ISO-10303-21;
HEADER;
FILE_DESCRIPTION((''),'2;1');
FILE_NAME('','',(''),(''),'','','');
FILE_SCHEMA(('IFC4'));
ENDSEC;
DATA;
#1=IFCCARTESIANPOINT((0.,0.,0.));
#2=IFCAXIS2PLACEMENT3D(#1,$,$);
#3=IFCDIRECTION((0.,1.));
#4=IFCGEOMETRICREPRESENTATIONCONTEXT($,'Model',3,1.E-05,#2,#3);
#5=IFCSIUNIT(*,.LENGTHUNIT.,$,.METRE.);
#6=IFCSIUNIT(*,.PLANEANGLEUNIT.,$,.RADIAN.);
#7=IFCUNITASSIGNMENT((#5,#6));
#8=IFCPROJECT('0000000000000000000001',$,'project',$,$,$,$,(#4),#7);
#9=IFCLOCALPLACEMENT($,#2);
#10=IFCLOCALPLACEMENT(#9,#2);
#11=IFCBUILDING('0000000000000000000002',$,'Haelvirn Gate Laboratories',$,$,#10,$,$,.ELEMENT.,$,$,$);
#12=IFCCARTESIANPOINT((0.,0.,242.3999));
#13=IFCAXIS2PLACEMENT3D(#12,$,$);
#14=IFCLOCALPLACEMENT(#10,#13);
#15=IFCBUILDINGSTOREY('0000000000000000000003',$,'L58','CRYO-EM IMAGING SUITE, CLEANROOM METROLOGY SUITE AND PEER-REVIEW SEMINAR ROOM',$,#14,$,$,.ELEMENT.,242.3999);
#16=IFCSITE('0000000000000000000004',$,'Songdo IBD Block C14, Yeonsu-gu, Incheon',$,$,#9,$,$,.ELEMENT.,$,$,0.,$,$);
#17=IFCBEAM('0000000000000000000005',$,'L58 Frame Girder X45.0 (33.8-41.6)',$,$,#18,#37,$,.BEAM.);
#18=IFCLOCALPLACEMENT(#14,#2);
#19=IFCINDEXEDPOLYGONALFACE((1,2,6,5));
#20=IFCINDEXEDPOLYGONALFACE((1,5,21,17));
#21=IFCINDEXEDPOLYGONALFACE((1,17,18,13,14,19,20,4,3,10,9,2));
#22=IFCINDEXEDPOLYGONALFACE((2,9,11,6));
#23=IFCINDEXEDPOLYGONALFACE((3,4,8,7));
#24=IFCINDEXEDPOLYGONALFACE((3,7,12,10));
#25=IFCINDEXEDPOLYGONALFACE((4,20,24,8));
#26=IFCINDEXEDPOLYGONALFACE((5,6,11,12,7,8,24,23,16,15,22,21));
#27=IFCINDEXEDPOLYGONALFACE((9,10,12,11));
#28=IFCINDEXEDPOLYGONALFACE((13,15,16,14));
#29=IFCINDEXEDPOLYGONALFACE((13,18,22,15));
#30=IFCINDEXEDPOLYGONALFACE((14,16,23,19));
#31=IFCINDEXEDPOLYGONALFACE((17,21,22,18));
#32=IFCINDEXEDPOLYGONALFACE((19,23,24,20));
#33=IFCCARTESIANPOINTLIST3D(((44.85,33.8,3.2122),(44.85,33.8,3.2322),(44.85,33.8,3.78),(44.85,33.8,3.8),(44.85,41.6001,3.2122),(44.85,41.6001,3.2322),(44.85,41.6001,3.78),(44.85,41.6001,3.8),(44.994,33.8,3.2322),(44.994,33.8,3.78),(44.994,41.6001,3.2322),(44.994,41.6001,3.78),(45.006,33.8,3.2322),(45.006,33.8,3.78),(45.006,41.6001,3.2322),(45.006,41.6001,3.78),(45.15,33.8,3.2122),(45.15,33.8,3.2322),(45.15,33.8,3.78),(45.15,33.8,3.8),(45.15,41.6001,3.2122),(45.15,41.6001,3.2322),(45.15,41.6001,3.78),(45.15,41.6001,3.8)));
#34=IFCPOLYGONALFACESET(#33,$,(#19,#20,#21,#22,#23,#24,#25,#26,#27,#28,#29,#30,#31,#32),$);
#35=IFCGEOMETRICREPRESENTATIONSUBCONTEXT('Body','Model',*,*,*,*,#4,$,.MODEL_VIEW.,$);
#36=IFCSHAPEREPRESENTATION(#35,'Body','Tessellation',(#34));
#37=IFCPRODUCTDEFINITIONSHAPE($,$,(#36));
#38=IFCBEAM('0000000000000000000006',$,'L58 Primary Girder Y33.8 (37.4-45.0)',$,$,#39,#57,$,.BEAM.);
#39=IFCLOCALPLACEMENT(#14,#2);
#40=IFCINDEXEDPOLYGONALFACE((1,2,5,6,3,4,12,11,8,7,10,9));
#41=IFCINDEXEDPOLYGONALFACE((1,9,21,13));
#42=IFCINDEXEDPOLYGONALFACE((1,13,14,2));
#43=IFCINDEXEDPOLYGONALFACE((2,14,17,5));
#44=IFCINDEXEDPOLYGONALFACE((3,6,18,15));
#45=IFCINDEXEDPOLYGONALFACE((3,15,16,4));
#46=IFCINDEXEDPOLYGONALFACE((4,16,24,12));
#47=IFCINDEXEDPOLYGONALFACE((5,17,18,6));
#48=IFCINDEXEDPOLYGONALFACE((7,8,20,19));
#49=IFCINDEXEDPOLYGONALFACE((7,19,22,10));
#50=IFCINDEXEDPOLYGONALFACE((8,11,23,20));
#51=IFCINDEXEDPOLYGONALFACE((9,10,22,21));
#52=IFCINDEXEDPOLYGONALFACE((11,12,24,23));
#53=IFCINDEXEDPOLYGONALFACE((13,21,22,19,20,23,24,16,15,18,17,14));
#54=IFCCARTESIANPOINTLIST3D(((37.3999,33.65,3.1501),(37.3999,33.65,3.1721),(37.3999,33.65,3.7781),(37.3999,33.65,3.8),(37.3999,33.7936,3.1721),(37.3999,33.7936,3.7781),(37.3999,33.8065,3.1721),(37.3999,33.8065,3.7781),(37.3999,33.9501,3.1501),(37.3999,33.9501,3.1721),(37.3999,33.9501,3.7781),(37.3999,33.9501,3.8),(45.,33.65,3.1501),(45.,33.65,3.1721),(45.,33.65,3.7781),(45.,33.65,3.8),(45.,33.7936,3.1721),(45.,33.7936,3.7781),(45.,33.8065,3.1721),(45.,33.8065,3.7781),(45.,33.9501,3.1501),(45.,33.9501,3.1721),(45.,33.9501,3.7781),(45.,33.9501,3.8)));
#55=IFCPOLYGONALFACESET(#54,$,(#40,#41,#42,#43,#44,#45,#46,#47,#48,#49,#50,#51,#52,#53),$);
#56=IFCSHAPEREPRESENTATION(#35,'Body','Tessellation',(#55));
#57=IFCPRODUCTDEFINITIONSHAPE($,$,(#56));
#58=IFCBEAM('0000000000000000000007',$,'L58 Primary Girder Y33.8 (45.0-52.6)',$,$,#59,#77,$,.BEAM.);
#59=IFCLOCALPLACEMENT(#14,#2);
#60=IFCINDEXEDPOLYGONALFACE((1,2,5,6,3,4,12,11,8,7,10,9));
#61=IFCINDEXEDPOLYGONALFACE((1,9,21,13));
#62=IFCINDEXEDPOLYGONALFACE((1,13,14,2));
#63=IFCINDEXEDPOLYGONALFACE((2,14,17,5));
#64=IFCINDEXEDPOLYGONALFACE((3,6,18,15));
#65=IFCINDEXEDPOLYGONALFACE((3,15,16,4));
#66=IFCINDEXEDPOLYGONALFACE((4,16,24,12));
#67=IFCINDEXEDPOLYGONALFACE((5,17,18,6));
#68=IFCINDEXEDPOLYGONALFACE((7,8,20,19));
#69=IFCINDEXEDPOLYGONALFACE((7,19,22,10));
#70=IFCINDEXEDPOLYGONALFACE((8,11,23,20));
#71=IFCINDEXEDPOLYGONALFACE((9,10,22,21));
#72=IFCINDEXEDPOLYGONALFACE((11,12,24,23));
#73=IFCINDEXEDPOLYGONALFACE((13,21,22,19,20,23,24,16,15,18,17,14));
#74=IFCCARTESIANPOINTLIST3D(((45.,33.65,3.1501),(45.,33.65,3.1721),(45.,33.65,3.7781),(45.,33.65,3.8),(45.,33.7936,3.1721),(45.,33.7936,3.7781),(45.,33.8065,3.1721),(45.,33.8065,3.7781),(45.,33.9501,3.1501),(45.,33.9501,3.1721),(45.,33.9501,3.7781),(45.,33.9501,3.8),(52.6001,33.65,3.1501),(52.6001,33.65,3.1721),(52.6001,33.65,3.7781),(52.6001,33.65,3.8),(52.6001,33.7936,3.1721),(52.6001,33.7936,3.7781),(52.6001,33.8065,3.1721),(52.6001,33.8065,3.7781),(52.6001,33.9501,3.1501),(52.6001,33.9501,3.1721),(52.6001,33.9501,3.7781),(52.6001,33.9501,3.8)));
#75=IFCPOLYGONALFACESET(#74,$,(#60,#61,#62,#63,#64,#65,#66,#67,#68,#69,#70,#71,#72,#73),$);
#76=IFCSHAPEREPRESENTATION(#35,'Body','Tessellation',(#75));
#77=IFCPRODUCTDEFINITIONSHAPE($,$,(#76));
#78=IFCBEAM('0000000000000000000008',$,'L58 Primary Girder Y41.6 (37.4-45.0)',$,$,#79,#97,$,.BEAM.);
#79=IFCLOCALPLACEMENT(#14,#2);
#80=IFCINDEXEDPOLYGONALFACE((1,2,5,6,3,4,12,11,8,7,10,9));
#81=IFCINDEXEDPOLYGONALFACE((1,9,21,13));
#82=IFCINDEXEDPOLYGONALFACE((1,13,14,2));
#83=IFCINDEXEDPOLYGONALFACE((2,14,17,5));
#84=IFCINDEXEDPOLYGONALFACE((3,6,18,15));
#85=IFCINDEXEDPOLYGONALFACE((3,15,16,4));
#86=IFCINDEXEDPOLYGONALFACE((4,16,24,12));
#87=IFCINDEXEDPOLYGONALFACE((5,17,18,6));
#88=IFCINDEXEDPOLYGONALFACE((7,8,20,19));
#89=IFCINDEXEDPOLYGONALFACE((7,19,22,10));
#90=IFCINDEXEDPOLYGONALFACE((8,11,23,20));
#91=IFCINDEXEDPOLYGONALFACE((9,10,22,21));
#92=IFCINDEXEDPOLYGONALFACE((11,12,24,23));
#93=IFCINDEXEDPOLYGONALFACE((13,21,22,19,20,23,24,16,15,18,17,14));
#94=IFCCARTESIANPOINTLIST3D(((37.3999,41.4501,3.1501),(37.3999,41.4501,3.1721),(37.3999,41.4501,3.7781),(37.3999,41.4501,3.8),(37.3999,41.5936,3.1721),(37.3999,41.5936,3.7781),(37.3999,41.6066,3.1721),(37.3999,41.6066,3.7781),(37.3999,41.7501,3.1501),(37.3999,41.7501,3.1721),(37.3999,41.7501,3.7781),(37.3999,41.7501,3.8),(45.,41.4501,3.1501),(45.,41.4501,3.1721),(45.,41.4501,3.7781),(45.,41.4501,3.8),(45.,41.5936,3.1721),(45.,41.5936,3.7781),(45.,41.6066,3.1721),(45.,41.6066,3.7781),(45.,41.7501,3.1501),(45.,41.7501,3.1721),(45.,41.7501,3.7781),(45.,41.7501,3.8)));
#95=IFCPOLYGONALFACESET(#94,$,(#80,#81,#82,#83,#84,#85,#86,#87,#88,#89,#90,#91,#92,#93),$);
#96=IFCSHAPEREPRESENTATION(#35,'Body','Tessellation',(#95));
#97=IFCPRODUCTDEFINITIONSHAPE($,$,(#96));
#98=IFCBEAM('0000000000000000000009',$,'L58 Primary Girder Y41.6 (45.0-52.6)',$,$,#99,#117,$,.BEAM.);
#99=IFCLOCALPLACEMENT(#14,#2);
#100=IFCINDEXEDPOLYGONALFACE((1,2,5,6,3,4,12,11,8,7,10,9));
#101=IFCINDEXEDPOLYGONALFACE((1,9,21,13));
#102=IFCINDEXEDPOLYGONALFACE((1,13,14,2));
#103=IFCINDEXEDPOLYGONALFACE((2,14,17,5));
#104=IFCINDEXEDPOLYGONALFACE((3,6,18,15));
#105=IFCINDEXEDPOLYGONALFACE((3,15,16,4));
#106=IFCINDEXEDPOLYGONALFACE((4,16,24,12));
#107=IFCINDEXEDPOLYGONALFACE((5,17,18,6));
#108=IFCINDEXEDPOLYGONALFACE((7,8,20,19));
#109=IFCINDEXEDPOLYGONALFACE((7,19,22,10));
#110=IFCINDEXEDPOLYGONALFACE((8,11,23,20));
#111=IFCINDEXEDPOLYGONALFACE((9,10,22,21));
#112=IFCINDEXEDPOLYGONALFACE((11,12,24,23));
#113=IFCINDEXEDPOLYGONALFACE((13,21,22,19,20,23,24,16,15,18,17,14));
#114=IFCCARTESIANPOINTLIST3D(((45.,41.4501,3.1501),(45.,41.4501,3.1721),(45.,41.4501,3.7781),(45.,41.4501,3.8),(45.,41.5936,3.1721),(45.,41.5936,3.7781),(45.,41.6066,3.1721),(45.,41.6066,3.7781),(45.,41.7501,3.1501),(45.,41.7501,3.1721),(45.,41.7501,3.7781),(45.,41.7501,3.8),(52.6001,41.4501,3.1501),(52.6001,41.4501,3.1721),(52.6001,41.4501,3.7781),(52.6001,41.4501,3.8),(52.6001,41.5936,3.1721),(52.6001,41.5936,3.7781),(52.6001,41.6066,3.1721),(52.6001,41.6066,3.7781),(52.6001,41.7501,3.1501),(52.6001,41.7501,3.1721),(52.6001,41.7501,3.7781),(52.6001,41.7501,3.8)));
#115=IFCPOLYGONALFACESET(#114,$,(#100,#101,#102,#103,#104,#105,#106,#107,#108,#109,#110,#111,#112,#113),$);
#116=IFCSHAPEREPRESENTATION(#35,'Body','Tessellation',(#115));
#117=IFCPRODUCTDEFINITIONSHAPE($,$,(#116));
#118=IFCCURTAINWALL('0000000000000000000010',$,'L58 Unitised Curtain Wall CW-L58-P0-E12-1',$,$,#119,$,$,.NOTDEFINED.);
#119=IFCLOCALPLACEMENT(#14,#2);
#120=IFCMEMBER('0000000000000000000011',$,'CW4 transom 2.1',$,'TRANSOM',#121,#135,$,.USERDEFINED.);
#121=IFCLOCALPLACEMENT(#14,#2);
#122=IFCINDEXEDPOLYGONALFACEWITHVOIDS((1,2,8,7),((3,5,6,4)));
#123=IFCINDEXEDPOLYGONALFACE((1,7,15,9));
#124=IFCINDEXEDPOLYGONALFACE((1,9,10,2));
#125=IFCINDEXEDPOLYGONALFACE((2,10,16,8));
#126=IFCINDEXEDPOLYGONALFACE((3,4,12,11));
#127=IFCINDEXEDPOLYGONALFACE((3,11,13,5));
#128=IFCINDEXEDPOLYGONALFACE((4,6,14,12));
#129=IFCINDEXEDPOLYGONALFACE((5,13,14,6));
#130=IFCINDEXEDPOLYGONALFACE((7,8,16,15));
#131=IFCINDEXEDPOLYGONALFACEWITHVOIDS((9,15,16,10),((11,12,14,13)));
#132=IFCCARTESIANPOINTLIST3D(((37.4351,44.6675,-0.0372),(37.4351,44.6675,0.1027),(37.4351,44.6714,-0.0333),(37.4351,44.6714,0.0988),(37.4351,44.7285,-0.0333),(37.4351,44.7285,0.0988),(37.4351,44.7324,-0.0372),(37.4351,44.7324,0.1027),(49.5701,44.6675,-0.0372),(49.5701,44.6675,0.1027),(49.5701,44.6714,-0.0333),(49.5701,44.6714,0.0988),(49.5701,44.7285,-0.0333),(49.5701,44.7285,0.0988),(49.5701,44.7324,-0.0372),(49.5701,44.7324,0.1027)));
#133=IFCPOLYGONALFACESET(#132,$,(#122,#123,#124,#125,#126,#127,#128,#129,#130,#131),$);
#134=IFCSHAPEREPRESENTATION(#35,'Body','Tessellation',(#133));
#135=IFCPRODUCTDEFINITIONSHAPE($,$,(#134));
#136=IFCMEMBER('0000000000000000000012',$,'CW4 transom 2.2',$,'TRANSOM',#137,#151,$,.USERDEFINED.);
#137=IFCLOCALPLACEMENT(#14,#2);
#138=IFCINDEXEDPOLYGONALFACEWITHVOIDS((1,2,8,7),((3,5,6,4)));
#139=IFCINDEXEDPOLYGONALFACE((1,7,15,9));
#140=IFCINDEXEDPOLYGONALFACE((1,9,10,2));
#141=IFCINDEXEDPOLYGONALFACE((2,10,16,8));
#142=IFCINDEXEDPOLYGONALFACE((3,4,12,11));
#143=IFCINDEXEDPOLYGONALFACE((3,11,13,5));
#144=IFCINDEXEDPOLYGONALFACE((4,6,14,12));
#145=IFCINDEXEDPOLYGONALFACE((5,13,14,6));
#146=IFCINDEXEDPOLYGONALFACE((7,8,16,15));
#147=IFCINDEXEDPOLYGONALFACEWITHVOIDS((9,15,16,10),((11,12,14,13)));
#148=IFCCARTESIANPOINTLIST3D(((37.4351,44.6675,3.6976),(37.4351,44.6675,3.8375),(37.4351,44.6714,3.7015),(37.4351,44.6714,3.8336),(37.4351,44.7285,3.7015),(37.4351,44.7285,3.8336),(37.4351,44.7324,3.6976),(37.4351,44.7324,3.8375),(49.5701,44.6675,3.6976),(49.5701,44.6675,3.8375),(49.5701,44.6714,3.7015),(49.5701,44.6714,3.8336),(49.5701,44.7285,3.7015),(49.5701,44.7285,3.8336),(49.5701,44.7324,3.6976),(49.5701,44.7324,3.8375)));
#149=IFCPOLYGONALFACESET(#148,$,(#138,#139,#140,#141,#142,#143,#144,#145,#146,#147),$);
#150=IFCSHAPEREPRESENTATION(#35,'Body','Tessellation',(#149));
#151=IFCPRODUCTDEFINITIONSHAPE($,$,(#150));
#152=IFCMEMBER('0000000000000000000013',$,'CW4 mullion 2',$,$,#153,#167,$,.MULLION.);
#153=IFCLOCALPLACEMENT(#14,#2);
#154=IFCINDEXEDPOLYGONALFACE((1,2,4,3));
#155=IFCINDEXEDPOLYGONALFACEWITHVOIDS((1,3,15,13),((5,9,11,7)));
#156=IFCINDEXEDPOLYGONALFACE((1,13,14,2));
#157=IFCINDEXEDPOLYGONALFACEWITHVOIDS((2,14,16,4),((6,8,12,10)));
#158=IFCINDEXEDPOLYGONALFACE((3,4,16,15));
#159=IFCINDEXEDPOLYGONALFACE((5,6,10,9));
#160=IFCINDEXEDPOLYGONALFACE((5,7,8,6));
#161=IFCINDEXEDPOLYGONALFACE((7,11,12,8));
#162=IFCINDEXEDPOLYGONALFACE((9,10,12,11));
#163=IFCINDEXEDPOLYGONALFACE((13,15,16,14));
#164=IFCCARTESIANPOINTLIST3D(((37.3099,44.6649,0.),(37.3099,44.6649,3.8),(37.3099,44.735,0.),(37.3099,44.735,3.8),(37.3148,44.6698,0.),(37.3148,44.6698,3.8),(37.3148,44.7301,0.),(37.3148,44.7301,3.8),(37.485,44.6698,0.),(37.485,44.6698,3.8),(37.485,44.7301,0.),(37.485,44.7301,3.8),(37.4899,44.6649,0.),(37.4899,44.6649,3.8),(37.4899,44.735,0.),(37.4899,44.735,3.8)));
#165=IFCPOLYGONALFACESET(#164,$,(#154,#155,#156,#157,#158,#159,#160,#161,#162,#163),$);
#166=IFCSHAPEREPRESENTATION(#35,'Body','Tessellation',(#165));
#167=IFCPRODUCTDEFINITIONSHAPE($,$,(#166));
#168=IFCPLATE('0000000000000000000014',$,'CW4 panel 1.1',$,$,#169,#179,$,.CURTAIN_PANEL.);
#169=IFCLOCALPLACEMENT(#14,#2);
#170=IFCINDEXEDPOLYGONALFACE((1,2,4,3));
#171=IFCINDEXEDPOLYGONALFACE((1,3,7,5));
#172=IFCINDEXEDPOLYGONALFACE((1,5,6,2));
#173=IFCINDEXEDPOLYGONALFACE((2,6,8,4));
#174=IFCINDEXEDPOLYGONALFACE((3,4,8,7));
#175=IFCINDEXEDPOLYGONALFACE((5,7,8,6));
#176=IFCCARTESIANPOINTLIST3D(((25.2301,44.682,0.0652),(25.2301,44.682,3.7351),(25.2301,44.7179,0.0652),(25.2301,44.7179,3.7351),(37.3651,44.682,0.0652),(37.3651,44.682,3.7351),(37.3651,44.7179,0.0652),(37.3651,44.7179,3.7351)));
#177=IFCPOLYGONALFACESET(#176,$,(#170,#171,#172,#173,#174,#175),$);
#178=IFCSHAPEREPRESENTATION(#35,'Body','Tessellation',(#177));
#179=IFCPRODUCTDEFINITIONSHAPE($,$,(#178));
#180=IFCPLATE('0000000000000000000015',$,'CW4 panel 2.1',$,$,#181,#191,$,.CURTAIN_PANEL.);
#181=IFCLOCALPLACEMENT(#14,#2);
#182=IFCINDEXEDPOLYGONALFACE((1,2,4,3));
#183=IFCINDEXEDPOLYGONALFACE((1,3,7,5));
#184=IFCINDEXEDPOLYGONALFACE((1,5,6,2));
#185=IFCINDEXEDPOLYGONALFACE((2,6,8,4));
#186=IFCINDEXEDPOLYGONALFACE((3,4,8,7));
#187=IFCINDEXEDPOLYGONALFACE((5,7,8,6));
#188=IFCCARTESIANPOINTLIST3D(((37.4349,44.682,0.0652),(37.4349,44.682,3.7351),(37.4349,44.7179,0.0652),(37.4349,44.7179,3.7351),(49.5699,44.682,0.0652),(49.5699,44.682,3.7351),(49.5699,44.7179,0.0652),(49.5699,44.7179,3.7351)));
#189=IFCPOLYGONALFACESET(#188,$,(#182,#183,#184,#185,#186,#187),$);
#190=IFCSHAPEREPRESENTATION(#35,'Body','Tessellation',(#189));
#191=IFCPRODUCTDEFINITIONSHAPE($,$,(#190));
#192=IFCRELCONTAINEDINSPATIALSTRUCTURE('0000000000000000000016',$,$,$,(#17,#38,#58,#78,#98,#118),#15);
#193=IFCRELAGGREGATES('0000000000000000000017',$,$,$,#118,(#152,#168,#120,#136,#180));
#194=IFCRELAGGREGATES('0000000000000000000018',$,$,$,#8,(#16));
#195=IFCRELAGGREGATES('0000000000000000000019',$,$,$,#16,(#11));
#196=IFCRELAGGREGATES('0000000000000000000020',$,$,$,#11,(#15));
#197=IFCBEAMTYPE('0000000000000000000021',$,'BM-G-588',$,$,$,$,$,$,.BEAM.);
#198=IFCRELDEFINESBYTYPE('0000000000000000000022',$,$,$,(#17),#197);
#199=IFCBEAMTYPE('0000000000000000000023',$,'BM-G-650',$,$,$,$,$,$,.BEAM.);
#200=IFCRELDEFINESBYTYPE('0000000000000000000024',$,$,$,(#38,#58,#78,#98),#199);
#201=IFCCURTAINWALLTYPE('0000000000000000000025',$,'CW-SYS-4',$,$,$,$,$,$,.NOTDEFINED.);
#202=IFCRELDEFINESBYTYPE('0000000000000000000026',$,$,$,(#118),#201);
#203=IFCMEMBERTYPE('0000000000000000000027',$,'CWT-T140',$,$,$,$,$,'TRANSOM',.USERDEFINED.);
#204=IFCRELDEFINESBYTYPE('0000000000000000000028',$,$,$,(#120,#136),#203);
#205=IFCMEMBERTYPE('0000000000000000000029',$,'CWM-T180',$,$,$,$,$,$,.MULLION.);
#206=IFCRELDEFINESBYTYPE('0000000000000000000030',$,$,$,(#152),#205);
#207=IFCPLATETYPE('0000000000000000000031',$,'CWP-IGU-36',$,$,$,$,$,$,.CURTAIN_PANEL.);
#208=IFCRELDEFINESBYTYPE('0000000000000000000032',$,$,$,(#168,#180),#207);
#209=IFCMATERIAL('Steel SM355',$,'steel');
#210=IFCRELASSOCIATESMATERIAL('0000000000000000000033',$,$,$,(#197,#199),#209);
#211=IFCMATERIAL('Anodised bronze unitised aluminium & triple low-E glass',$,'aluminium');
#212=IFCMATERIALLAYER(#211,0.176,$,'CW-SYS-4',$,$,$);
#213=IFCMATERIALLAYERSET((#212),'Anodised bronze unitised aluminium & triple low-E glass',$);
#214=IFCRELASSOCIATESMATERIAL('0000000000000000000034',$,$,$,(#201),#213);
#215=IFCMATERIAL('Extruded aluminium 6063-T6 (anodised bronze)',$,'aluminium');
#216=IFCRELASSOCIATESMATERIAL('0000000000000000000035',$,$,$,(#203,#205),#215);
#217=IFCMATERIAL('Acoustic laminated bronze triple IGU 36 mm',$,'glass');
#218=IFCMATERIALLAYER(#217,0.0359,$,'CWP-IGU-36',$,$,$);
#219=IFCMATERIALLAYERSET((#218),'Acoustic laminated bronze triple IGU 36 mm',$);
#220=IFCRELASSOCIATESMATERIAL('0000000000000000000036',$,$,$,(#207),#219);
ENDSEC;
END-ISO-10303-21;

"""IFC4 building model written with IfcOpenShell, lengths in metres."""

from ifc_helpers import new_model, si_unit, direction, frame, origin, origin_2d, place, context, subcontext, project, spatial, rectangle, hollow_rectangle, i_section, extrude, source, transform, mapped, material, layer, layer_set, material_profile, profile_set, type_object, type_shapes, element, aggregate, save


model = new_model("IFC4")

# Units and contexts
model_context = context("Model", 3, precision=1e-05, world=origin(), true_north=direction((0.0, 1.0)))
body_context = subcontext(model_context, "Body", "Model", "MODEL_VIEW")
ifc_project = project(units=[si_unit("LENGTHUNIT", "METRE"), si_unit("PLANEANGLEUNIT", "RADIAN")], contexts=[model_context])

# Site, building, storey
site_placement = place(None, origin())
site = spatial("IfcSite", under=ifc_project, at=site_placement, Name="Songdo IBD Block C14, Yeonsu-gu, Incheon", CompositionType="ELEMENT", RefElevation=0.0)
building_placement = place(site_placement, origin())
building = spatial("IfcBuilding", under=site, at=building_placement, Name="Haelvirn Gate Laboratories", CompositionType="ELEMENT")
storey_placement = place(building_placement, frame((0.0, 0.0, 242.3999)))
storey = spatial("IfcBuildingStorey", under=building, at=storey_placement, Name="L58", Description="CRYO-EM IMAGING SUITE, CLEANROOM METROLOGY SUITE AND PEER-REVIEW SEMINAR ROOM", CompositionType="ELEMENT", Elevation=242.3999)

# Shared definitions
ifc_material_1 = material(Name="Steel SM355", Category="steel")

# Beams
ifc_material_profile_1 = material_profile(ifc_material_1, i_section(OverallWidth=0.3, OverallDepth=0.5879, WebThickness=0.012, FlangeThickness=0.02, at=origin_2d()), Name="H-588x300x12x20")
ifc_profile_set_1 = profile_set([ifc_material_profile_1], Name="Steel SM355")
beam_type_1 = type_object("IfcBeamType", Name="BM-G-588", PredefinedType="BEAM", material=ifc_profile_set_1)
shared_shape_1 = source(origin(), body_context, "Body", "SweptSolid", [
    extrude(i_section(OverallWidth=0.3, OverallDepth=0.5879, WebThickness=0.012, FlangeThickness=0.02, at=origin_2d()), origin(), (0.0, 0.0, 1.0), 7.8),
])
type_shapes(beam_type_1, [shared_shape_1])
for number, where, z_axis, x_axis, name in (
    (1, (45.0, 33.8, 3.5061), (0.0, 1.0, 0.0), (-1.0, 0.0, 0.0), "L58 Frame Girder X45.0 (33.8-41.6)"),
):
    element("IfcBeam", number, at=place(storey_placement, frame(where, z_axis=z_axis, x_axis=x_axis)), inside=storey, type_object=beam_type_1, Name=name, PredefinedType="BEAM", context=body_context, shape_type="MappedRepresentation", body=[
        mapped(shared_shape_1, transform((0.0, 0.0, 0.0), scale=1.0)),
    ])
ifc_material_profile_2 = material_profile(ifc_material_1, i_section(OverallWidth=0.3, OverallDepth=0.6499, WebThickness=0.0129, FlangeThickness=0.022, at=origin_2d()), Name="H-650x300x13x22")
ifc_profile_set_2 = profile_set([ifc_material_profile_2], Name="Steel SM355")
beam_type_2 = type_object("IfcBeamType", Name="BM-G-650", PredefinedType="BEAM", material=ifc_profile_set_2)
shared_shape_2 = source(origin(), body_context, "Body", "SweptSolid", [
    extrude(i_section(OverallWidth=0.3, OverallDepth=0.6499, WebThickness=0.0129, FlangeThickness=0.022, at=origin_2d()), origin(), (0.0, 0.0, 1.0), 7.6001),
])
type_shapes(beam_type_2, [shared_shape_2])
for number, where, z_axis, x_axis, name in (
    (2, (37.3999, 33.8, 3.4751), (1.0, 0.0, 0.0), (0.0, 1.0, 0.0), "L58 Primary Girder Y33.8 (37.4-45.0)"),
    (3, (45.0, 33.8, 3.4751), (1.0, 0.0, 0.0), (0.0, 1.0, 0.0), "L58 Primary Girder Y33.8 (45.0-52.6)"),
    (4, (37.3999, 41.6001, 3.4751), (1.0, 0.0, 0.0), (0.0, 1.0, 0.0), "L58 Primary Girder Y41.6 (37.4-45.0)"),
    (5, (45.0, 41.6001, 3.4751), (1.0, 0.0, 0.0), (0.0, 1.0, 0.0), "L58 Primary Girder Y41.6 (45.0-52.6)"),
):
    element("IfcBeam", number, at=place(storey_placement, frame(where, z_axis=z_axis, x_axis=x_axis)), inside=storey, type_object=beam_type_2, Name=name, PredefinedType="BEAM", context=body_context, shape_type="MappedRepresentation", body=[
        mapped(shared_shape_2, transform((0.0, 0.0, 0.0), scale=1.0)),
    ])

# Curtain wall, members, plates
ifc_material_2 = material(Name="Anodised bronze unitised aluminium & triple low-E glass", Category="aluminium")
ifc_layer_1 = layer(ifc_material_2, 0.176, Name="CW-SYS-4")
ifc_layer_set_1 = layer_set([ifc_layer_1], Name="Anodised bronze unitised aluminium & triple low-E glass")
curtain_wall_type = type_object("IfcCurtainWallType", Name="CW-SYS-4", PredefinedType="NOTDEFINED", material=ifc_layer_set_1)
curtain_wall_placement = place(storey_placement, origin())
curtain_wall = element("IfcCurtainWall", 6, at=curtain_wall_placement, inside=storey, type_object=curtain_wall_type, Name="L58 Unitised Curtain Wall CW-L58-P0-E12-1", PredefinedType="NOTDEFINED")
ifc_material_3 = material(Name="Extruded aluminium 6063-T6 (anodised bronze)", Category="aluminium")
ifc_material_profile_3 = material_profile(ifc_material_3, hollow_rectangle(XDim=0.0649, YDim=0.1399, WallThickness=0.0039, at=origin_2d()), Name="CWT-140x65x4")
ifc_profile_set_3 = profile_set([ifc_material_profile_3], Name="Extruded aluminium 6063-T6 (anodised bronze)")
member_type_1 = type_object("IfcMemberType", Name="CWT-T140", ElementType="TRANSOM", PredefinedType="USERDEFINED", material=ifc_profile_set_3)
shared_shape_3 = source(origin(), body_context, "Body", "SweptSolid", [
    extrude(hollow_rectangle(XDim=0.0649, YDim=0.1399, WallThickness=0.0039, at=origin_2d()), origin(), (0.0, 0.0, 1.0), 12.135),
])
type_shapes(member_type_1, [shared_shape_3])
member_1_placement = place(storey_placement, frame((37.4351, 44.7, 0.0327), z_axis=(1.0, 0.0, 0.0), x_axis=(0.0, 1.0, 0.0)))
member_1 = element("IfcMember", 7, at=member_1_placement, type_object=member_type_1, Name="CW4 transom 2.1", ObjectType="TRANSOM", PredefinedType="USERDEFINED", context=body_context, shape_type="MappedRepresentation", body=[
    mapped(shared_shape_3, transform((0.0, 0.0, 0.0), scale=1.0)),
])
member_2_placement = place(storey_placement, frame((37.4351, 44.7, 3.7676), z_axis=(1.0, 0.0, 0.0), x_axis=(0.0, 1.0, 0.0)))
member_2 = element("IfcMember", 8, at=member_2_placement, type_object=member_type_1, Name="CW4 transom 2.2", ObjectType="TRANSOM", PredefinedType="USERDEFINED", context=body_context, shape_type="MappedRepresentation", body=[
    mapped(shared_shape_3, transform((0.0, 0.0, 0.0), scale=1.0)),
])
ifc_material_profile_4 = material_profile(ifc_material_3, hollow_rectangle(XDim=0.0701, YDim=0.1799, WallThickness=0.0049, at=origin_2d()), Name="CWM-180x70x5")
ifc_profile_set_4 = profile_set([ifc_material_profile_4], Name="Extruded aluminium 6063-T6 (anodised bronze)")
member_type_2 = type_object("IfcMemberType", Name="CWM-T180", PredefinedType="MULLION", material=ifc_profile_set_4)
shared_shape_4 = source(origin(), body_context, "Body", "SweptSolid", [
    extrude(hollow_rectangle(XDim=0.0701, YDim=0.1799, WallThickness=0.0049, at=origin_2d()), origin(), (0.0, 0.0, 1.0), 3.8),
])
type_shapes(member_type_2, [shared_shape_4])
member_3_placement = place(storey_placement, frame((37.3999, 44.7, 0.0), z_axis=(0.0, 0.0, 1.0), x_axis=(0.0, 1.0, 0.0)))
member_3 = element("IfcMember", 9, at=member_3_placement, type_object=member_type_2, Name="CW4 mullion 2", PredefinedType="MULLION", context=body_context, shape_type="MappedRepresentation", body=[
    mapped(shared_shape_4, transform((0.0, 0.0, 0.0), scale=1.0)),
])
ifc_material_4 = material(Name="Acoustic laminated bronze triple IGU 36 mm", Category="glass")
ifc_layer_2 = layer(ifc_material_4, 0.0359, Name="CWP-IGU-36")
ifc_layer_set_2 = layer_set([ifc_layer_2], Name="Acoustic laminated bronze triple IGU 36 mm")
plate_type = type_object("IfcPlateType", Name="CWP-IGU-36", PredefinedType="CURTAIN_PANEL", material=ifc_layer_set_2)
shared_shape_5 = source(origin(), body_context, "Body", "SweptSolid", [
    extrude(rectangle(XDim=12.135, YDim=0.0359, at=origin_2d()), origin(), (0.0, 0.0, 1.0), 3.6699),
])
type_shapes(plate_type, [shared_shape_5])
plate_1_placement = place(storey_placement, frame((31.2976, 44.7, 0.0652), z_axis=(0.0, 0.0, 1.0), x_axis=(1.0, 0.0, 0.0)))
plate_1 = element("IfcPlate", 10, at=plate_1_placement, type_object=plate_type, Name="CW4 panel 1.1", PredefinedType="CURTAIN_PANEL", context=body_context, shape_type="MappedRepresentation", body=[
    mapped(shared_shape_5, transform((0.0, 0.0, 0.0), scale=1.0)),
])
plate_2_placement = place(storey_placement, frame((43.5024, 44.7, 0.0652), z_axis=(0.0, 0.0, 1.0), x_axis=(1.0, 0.0, 0.0)))
plate_2 = element("IfcPlate", 11, at=plate_2_placement, type_object=plate_type, Name="CW4 panel 2.1", PredefinedType="CURTAIN_PANEL", context=body_context, shape_type="MappedRepresentation", body=[
    mapped(shared_shape_5, transform((0.0, 0.0, 0.0), scale=1.0)),
])
aggregate(curtain_wall, [member_3, plate_1, member_1, member_2, plate_2])

save(model, "model.ifc")
